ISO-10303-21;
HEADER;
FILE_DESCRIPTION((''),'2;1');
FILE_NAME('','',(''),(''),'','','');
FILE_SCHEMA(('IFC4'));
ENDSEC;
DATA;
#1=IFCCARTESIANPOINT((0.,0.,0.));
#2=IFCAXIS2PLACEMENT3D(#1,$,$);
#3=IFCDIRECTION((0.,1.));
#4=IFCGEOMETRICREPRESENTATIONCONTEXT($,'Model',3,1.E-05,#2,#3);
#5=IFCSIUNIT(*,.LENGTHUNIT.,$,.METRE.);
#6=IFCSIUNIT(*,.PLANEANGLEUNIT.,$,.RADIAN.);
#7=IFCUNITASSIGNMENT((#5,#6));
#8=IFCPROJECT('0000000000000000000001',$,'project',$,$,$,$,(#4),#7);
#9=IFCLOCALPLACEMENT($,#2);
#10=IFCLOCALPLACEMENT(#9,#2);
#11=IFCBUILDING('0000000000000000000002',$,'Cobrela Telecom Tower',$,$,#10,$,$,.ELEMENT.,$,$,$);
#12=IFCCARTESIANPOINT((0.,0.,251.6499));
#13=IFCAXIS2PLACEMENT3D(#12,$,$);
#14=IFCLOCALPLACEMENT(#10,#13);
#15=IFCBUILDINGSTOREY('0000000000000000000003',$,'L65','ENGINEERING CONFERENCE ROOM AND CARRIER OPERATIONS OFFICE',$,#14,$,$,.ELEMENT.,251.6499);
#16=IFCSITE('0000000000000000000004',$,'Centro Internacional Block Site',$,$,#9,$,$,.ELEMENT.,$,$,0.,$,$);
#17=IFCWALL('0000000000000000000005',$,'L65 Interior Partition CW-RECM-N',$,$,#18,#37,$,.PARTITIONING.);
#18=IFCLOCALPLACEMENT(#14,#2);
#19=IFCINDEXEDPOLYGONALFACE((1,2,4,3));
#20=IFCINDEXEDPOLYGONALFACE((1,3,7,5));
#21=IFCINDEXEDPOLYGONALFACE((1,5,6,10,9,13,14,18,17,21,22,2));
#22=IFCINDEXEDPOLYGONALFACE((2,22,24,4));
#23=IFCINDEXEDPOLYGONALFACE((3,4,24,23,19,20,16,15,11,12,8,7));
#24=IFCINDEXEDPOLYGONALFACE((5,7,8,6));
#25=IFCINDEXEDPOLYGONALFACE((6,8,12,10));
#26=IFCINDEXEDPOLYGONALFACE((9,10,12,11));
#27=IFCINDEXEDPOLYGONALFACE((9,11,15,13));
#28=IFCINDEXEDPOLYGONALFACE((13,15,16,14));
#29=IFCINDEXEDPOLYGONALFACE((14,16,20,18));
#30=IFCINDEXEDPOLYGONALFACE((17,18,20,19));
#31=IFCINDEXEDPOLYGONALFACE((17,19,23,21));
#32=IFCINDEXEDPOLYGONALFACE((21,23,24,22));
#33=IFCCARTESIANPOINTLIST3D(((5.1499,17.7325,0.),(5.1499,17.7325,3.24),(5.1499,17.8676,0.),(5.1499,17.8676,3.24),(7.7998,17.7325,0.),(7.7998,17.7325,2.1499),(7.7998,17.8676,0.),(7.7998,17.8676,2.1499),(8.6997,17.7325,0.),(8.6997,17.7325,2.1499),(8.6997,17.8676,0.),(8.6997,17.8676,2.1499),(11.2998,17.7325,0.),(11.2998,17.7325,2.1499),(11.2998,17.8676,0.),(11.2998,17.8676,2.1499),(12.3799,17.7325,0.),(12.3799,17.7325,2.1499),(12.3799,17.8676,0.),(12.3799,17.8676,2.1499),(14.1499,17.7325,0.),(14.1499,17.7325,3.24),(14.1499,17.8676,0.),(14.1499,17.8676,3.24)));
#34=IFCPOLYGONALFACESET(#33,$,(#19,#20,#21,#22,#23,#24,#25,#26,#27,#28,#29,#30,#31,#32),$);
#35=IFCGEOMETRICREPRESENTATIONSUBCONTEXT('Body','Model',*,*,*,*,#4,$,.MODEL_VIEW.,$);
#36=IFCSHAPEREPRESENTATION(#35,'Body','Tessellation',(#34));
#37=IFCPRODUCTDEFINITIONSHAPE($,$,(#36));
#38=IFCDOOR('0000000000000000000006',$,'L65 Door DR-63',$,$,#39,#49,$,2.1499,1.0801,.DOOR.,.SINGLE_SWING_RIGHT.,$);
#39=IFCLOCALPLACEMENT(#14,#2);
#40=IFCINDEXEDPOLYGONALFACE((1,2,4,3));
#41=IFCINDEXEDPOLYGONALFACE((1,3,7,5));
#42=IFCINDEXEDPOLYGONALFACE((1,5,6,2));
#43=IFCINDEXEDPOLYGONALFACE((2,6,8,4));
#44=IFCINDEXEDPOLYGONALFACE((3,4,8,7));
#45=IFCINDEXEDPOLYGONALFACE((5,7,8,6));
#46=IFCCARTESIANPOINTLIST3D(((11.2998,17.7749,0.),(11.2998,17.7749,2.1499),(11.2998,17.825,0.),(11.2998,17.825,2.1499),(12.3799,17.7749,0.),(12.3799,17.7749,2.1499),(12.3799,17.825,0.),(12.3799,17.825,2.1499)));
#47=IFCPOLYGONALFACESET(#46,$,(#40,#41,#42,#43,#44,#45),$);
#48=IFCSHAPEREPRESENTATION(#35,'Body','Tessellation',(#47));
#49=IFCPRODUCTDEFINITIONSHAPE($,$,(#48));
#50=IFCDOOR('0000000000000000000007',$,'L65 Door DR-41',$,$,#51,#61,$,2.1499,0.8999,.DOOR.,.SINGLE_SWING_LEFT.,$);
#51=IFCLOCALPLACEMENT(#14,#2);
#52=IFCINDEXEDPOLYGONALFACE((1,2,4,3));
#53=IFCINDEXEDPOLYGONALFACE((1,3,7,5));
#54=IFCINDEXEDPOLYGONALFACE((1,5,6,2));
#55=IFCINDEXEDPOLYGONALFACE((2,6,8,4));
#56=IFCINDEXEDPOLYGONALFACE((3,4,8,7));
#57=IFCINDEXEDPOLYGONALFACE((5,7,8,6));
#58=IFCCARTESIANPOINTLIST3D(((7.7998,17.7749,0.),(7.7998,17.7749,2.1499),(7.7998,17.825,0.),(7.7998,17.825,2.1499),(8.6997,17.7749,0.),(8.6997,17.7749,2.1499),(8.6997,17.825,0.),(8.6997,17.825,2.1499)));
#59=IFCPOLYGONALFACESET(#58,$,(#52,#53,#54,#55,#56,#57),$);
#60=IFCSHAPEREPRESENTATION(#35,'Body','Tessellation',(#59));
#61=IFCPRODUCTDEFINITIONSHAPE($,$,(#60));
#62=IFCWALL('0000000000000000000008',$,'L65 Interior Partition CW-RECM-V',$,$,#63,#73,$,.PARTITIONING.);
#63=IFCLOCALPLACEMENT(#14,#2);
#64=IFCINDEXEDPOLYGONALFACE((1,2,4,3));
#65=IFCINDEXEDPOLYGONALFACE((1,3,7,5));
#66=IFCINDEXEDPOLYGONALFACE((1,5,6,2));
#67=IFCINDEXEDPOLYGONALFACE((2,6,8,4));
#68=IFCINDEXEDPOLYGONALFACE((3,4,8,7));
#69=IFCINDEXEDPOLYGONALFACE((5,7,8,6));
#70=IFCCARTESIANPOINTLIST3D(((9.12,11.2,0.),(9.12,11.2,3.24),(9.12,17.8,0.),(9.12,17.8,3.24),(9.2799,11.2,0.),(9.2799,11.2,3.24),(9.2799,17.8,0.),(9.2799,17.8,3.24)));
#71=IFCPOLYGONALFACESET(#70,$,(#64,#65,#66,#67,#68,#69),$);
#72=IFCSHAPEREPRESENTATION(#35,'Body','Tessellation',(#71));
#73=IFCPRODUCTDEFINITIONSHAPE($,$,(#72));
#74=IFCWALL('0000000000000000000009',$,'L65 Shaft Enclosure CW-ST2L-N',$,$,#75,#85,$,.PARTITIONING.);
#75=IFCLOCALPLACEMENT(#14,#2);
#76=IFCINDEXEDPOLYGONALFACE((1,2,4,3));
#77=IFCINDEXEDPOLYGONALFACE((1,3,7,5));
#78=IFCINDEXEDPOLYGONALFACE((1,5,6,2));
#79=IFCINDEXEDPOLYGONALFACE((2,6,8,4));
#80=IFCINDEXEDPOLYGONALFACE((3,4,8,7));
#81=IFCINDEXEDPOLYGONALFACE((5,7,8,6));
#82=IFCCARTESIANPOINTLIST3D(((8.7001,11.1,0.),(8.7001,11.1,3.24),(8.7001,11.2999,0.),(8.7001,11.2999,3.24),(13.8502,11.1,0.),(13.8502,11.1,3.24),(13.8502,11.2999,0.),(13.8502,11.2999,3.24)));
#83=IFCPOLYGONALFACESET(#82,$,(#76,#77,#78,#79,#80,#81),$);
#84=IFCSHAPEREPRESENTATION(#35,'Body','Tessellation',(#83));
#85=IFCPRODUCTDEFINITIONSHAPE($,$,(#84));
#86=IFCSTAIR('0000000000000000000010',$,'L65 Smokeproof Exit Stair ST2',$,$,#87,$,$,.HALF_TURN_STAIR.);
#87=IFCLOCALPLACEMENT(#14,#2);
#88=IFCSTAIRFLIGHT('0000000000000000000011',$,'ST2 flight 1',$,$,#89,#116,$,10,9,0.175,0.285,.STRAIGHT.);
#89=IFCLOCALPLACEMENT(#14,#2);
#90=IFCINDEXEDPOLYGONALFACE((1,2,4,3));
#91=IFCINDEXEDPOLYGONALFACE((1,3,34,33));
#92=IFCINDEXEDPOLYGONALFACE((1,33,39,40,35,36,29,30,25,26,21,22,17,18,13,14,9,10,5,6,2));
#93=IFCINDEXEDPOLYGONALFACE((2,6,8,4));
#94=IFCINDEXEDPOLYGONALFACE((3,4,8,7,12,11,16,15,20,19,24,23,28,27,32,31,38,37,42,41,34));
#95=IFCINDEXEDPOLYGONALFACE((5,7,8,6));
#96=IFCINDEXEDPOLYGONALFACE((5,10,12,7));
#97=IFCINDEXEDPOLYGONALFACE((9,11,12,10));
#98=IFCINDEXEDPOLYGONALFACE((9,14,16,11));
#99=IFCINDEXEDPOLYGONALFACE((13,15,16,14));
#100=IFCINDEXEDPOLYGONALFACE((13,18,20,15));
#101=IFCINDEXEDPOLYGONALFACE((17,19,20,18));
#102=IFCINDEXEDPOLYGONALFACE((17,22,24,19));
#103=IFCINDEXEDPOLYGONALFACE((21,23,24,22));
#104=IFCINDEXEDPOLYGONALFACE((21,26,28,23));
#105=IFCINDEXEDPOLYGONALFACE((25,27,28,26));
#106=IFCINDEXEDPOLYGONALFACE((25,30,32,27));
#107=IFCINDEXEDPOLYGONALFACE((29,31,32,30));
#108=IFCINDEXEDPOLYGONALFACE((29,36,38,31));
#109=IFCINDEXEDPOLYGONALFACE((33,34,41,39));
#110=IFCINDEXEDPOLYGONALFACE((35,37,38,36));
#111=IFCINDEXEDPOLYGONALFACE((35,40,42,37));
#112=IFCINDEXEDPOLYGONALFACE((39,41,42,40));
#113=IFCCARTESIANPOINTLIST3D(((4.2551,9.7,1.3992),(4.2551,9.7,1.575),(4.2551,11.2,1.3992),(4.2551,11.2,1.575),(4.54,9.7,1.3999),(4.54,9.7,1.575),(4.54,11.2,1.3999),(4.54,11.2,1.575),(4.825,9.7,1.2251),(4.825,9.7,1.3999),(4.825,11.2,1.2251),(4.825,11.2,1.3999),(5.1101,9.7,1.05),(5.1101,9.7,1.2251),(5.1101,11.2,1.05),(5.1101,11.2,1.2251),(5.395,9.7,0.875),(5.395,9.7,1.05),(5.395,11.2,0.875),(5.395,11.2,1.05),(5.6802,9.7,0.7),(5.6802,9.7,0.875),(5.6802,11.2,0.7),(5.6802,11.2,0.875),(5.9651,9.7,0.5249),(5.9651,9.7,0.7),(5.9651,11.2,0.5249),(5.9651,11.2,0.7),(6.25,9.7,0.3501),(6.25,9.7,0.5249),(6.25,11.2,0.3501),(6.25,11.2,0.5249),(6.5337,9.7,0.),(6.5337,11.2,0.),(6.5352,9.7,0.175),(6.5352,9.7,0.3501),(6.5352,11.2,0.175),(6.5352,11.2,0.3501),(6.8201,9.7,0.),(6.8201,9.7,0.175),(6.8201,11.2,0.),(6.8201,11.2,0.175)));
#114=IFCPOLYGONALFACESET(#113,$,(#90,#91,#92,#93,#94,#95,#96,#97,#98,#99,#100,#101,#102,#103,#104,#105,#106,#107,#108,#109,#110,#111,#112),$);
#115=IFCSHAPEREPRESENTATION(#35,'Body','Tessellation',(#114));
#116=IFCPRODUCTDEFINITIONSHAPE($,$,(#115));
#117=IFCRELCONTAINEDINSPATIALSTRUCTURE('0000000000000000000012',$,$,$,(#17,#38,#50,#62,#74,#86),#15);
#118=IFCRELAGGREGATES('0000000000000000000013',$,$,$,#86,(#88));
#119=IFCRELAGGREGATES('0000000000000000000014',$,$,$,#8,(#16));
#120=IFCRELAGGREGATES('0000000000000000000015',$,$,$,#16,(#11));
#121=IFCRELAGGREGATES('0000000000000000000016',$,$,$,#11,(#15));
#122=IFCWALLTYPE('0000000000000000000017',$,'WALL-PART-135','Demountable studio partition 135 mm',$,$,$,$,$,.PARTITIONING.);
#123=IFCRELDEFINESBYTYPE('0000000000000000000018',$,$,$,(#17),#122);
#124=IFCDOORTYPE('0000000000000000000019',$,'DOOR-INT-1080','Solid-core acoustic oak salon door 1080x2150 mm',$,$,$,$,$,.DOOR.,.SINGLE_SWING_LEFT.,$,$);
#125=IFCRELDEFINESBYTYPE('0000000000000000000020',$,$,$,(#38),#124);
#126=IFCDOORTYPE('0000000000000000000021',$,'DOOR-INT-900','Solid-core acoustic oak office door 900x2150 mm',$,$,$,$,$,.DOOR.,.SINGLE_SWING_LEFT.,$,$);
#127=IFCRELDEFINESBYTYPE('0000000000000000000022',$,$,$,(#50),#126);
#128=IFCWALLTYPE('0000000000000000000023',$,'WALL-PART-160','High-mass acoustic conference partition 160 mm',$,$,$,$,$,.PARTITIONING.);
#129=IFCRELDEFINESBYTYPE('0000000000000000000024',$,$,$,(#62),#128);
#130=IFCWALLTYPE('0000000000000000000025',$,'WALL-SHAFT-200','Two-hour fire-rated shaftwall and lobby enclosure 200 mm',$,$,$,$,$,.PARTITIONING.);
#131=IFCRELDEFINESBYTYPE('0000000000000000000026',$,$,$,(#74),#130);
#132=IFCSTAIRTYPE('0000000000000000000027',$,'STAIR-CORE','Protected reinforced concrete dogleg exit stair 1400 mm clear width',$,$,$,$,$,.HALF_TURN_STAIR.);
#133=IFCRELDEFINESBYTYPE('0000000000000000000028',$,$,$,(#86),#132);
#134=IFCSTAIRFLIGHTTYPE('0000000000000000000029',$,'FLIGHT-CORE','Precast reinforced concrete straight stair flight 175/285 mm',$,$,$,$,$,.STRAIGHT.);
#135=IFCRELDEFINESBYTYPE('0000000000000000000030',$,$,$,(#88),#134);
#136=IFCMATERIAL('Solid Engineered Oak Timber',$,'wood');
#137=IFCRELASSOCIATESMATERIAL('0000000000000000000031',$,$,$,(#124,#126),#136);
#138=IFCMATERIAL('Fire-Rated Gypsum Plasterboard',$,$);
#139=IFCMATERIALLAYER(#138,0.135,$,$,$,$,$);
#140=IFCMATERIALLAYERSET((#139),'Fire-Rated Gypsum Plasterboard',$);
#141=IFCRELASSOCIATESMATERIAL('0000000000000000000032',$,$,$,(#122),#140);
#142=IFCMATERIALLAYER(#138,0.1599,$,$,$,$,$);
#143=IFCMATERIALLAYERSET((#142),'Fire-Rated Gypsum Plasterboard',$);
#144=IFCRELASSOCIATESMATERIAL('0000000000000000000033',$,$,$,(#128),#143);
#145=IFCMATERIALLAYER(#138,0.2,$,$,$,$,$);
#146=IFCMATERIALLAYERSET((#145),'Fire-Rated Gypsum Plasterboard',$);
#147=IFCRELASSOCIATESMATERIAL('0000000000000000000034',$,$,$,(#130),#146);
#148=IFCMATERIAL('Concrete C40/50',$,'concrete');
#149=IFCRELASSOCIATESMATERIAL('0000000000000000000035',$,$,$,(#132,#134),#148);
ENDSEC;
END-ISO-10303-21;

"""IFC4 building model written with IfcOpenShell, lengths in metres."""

from ifc_helpers import new_model, si_unit, direction, frame, frame_2d, origin, place, context, subcontext, project, spatial, polyline, rectangle, outline, extrude, material, layer, layer_set, type_object, element, fill, aggregate, save


model = new_model("IFC4")

# Units and contexts
model_context = context("Model", 3, precision=1e-05, world=origin(), true_north=direction((0.0, 1.0)))
body_context = subcontext(model_context, "Body", "Model", "MODEL_VIEW")
ifc_project = project(units=[si_unit("LENGTHUNIT", "METRE"), si_unit("PLANEANGLEUNIT", "RADIAN")], contexts=[model_context])

# Site, building, storey
site_placement = place(None, origin())
site = spatial("IfcSite", under=ifc_project, at=site_placement, Name="Centro Internacional Block Site", CompositionType="ELEMENT", RefElevation=0.0)
building_placement = place(site_placement, origin())
building = spatial("IfcBuilding", under=site, at=building_placement, Name="Cobrela Telecom Tower", CompositionType="ELEMENT")
storey_placement = place(building_placement, frame((0.0, 0.0, 251.6499)))
storey = spatial("IfcBuildingStorey", under=building, at=storey_placement, Name="L65", Description="ENGINEERING CONFERENCE ROOM AND CARRIER OPERATIONS OFFICE", CompositionType="ELEMENT", Elevation=251.6499)

# Shared definitions
ifc_material_1 = material(Name="Fire-Rated Gypsum Plasterboard")
ifc_material_2 = material(Name="Solid Engineered Oak Timber", Category="wood")
door_type_1 = type_object("IfcDoorType", Name="DOOR-INT-1080", Description="Solid-core acoustic oak salon door 1080x2150 mm", OperationType="SINGLE_SWING_LEFT", PredefinedType="DOOR", material=ifc_material_2)
ifc_layer_1 = layer(ifc_material_1, 0.135)
ifc_layer_set_1 = layer_set([ifc_layer_1], Name="Fire-Rated Gypsum Plasterboard")
wall_type_1 = type_object("IfcWallType", Name="WALL-PART-135", Description="Demountable studio partition 135 mm", PredefinedType="PARTITIONING", material=ifc_layer_set_1)
door_type_2 = type_object("IfcDoorType", Name="DOOR-INT-900", Description="Solid-core acoustic oak office door 900x2150 mm", OperationType="SINGLE_SWING_LEFT", PredefinedType="DOOR", material=ifc_material_2)

# Wall, openings, doors
wall_1_placement = place(storey_placement, frame((5.1499, 17.8, 0.0), z_axis=(0.0, 0.0, 1.0), x_axis=(1.0, 0.0, 0.0)))
wall_1 = element("IfcWall", 1, at=wall_1_placement, inside=storey, type_object=wall_type_1, Name="L65 Interior Partition CW-RECM-N", PredefinedType="PARTITIONING", context=body_context, shape_type="SweptSolid", body=[
    extrude(rectangle(XDim=9.0, YDim=0.135, at=frame_2d((4.5, 0.0))), origin(), (0.0, 0.0, 1.0), 3.24),
])
opening_1_placement = place(wall_1_placement, frame((2.6499, 0.0, 0.0)))
opening_1 = element("IfcOpeningElement", 2, at=opening_1_placement, cuts=wall_1, PredefinedType="OPENING", context=body_context, shape_type="SweptSolid", body=[
    extrude(rectangle(XDim=0.8999, YDim=2.1499, at=frame_2d((0.45, 1.075))), frame((0.0, 0.0796, 0.0), z_axis=(0.0, -1.0, 0.0), x_axis=(1.0, 0.0, 0.0)), (0.0, 0.0, 1.0), 0.1589),
])
opening_2_placement = place(wall_1_placement, frame((6.1499, 0.0, 0.0)))
opening_2 = element("IfcOpeningElement", 3, at=opening_2_placement, cuts=wall_1, PredefinedType="OPENING", context=body_context, shape_type="SweptSolid", body=[
    extrude(rectangle(XDim=1.0801, YDim=2.1499, at=frame_2d((0.54, 1.075))), frame((0.0, 0.0796, 0.0), z_axis=(0.0, -1.0, 0.0), x_axis=(1.0, 0.0, 0.0)), (0.0, 0.0, 1.0), 0.1589),
])
door_1_placement = place(opening_2_placement, origin())
door_1 = element("IfcDoor", 4, at=door_1_placement, inside=storey, type_object=door_type_1, Name="L65 Door DR-63", OperationType="SINGLE_SWING_RIGHT", OverallHeight=2.1499, OverallWidth=1.0801, PredefinedType="DOOR", context=body_context, shape_type="SweptSolid", body=[
    extrude(rectangle(XDim=1.0801, YDim=2.1499, at=frame_2d((0.54, 1.075))), frame((0.0, 0.0249, 0.0), z_axis=(0.0, -1.0, 0.0), x_axis=(1.0, 0.0, 0.0)), (0.0, 0.0, 1.0), 0.05),
])
fill(opening_2, door_1)
door_2_placement = place(opening_1_placement, origin())
door_2 = element("IfcDoor", 5, at=door_2_placement, inside=storey, type_object=door_type_2, Name="L65 Door DR-41", OperationType="SINGLE_SWING_LEFT", OverallHeight=2.1499, OverallWidth=0.8999, PredefinedType="DOOR", context=body_context, shape_type="SweptSolid", body=[
    extrude(rectangle(XDim=0.8999, YDim=2.1499, at=frame_2d((0.45, 1.075))), frame((0.0, 0.0249, 0.0), z_axis=(0.0, -1.0, 0.0), x_axis=(1.0, 0.0, 0.0)), (0.0, 0.0, 1.0), 0.05),
])
fill(opening_1, door_2)

# Walls
ifc_layer_2 = layer(ifc_material_1, 0.1599)
ifc_layer_set_2 = layer_set([ifc_layer_2], Name="Fire-Rated Gypsum Plasterboard")
wall_type_2 = type_object("IfcWallType", Name="WALL-PART-160", Description="High-mass acoustic conference partition 160 mm", PredefinedType="PARTITIONING", material=ifc_layer_set_2)
wall_2_placement = place(storey_placement, frame((9.2, 11.2, 0.0), z_axis=(0.0, 0.0, 1.0), x_axis=(0.0, 1.0, 0.0)))
element("IfcWall", 6, at=wall_2_placement, inside=storey, type_object=wall_type_2, Name="L65 Interior Partition CW-RECM-V", PredefinedType="PARTITIONING", context=body_context, shape_type="SweptSolid", body=[
    extrude(rectangle(XDim=6.6001, YDim=0.1599, at=frame_2d((3.3, 0.0))), origin(), (0.0, 0.0, 1.0), 3.24),
])
ifc_layer_3 = layer(ifc_material_1, 0.2)
ifc_layer_set_3 = layer_set([ifc_layer_3], Name="Fire-Rated Gypsum Plasterboard")
wall_type_3 = type_object("IfcWallType", Name="WALL-SHAFT-200", Description="Two-hour fire-rated shaftwall and lobby enclosure 200 mm", PredefinedType="PARTITIONING", material=ifc_layer_set_3)
wall_3_placement = place(storey_placement, frame((8.7, 11.2, 0.0), z_axis=(0.0, 0.0, 1.0), x_axis=(1.0, 0.0, 0.0)))
element("IfcWall", 7, at=wall_3_placement, inside=storey, type_object=wall_type_3, Name="L65 Shaft Enclosure CW-ST2L-N", PredefinedType="PARTITIONING", context=body_context, shape_type="SweptSolid", body=[
    extrude(rectangle(XDim=5.1501, YDim=0.2, at=frame_2d((2.5752, 0.0))), origin(), (0.0, 0.0, 1.0), 3.24),
])

# Stair, stair flight
ifc_material_3 = material(Name="Concrete C40/50", Category="concrete")
stair_type = type_object("IfcStairType", Name="STAIR-CORE", Description="Protected reinforced concrete dogleg exit stair 1400 mm clear width", PredefinedType="HALF_TURN_STAIR", material=ifc_material_3)
stair_placement = place(storey_placement, origin())
stair = element("IfcStair", 8, at=stair_placement, inside=storey, type_object=stair_type, Name="L65 Smokeproof Exit Stair ST2", PredefinedType="HALF_TURN_STAIR")
stair_flight_type = type_object("IfcStairFlightType", Name="FLIGHT-CORE", Description="Precast reinforced concrete straight stair flight 175/285 mm", PredefinedType="STRAIGHT", material=ifc_material_3)
stair_flight_placement = place(storey_placement, frame((6.8201, 10.45, 0.0), z_axis=(0.0, 0.0, 1.0), x_axis=(-1.0, 0.0, 0.0)))
stair_flight = element("IfcStairFlight", 9, at=stair_flight_placement, type_object=stair_flight_type, Name="ST2 flight 1", NumberOfRisers=10, NumberOfTreads=9, PredefinedType="STRAIGHT", RiserHeight=0.175, TreadLength=0.285, context=body_context, shape_type="SweptSolid", body=[
    extrude(outline(polyline([(0.0, 0.0), (0.0, 0.175), (0.2849, 0.175), (0.2849, 0.3501), (0.5701, 0.3501), (0.5701, 0.5249), (0.855, 0.5249), (0.855, 0.7), (1.1399, 0.7), (1.1399, 0.875), (1.425, 0.875), (1.425, 1.05), (1.71, 1.05), (1.71, 1.2251), (1.9951, 1.2251), (1.9951, 1.3999), (2.28, 1.3999), (2.28, 1.575), (2.5649, 1.575), (2.5649, 1.75), (2.5649, 1.3992), (0.2864, 0.0), (0.0, 0.0)])), frame((0.0, 0.75, 0.0), z_axis=(0.0, -1.0, 0.0), x_axis=(1.0, 0.0, 0.0)), (0.0, 0.0, 1.0), 1.5),
])
aggregate(stair, [stair_flight])

save(model, "model.ifc")
